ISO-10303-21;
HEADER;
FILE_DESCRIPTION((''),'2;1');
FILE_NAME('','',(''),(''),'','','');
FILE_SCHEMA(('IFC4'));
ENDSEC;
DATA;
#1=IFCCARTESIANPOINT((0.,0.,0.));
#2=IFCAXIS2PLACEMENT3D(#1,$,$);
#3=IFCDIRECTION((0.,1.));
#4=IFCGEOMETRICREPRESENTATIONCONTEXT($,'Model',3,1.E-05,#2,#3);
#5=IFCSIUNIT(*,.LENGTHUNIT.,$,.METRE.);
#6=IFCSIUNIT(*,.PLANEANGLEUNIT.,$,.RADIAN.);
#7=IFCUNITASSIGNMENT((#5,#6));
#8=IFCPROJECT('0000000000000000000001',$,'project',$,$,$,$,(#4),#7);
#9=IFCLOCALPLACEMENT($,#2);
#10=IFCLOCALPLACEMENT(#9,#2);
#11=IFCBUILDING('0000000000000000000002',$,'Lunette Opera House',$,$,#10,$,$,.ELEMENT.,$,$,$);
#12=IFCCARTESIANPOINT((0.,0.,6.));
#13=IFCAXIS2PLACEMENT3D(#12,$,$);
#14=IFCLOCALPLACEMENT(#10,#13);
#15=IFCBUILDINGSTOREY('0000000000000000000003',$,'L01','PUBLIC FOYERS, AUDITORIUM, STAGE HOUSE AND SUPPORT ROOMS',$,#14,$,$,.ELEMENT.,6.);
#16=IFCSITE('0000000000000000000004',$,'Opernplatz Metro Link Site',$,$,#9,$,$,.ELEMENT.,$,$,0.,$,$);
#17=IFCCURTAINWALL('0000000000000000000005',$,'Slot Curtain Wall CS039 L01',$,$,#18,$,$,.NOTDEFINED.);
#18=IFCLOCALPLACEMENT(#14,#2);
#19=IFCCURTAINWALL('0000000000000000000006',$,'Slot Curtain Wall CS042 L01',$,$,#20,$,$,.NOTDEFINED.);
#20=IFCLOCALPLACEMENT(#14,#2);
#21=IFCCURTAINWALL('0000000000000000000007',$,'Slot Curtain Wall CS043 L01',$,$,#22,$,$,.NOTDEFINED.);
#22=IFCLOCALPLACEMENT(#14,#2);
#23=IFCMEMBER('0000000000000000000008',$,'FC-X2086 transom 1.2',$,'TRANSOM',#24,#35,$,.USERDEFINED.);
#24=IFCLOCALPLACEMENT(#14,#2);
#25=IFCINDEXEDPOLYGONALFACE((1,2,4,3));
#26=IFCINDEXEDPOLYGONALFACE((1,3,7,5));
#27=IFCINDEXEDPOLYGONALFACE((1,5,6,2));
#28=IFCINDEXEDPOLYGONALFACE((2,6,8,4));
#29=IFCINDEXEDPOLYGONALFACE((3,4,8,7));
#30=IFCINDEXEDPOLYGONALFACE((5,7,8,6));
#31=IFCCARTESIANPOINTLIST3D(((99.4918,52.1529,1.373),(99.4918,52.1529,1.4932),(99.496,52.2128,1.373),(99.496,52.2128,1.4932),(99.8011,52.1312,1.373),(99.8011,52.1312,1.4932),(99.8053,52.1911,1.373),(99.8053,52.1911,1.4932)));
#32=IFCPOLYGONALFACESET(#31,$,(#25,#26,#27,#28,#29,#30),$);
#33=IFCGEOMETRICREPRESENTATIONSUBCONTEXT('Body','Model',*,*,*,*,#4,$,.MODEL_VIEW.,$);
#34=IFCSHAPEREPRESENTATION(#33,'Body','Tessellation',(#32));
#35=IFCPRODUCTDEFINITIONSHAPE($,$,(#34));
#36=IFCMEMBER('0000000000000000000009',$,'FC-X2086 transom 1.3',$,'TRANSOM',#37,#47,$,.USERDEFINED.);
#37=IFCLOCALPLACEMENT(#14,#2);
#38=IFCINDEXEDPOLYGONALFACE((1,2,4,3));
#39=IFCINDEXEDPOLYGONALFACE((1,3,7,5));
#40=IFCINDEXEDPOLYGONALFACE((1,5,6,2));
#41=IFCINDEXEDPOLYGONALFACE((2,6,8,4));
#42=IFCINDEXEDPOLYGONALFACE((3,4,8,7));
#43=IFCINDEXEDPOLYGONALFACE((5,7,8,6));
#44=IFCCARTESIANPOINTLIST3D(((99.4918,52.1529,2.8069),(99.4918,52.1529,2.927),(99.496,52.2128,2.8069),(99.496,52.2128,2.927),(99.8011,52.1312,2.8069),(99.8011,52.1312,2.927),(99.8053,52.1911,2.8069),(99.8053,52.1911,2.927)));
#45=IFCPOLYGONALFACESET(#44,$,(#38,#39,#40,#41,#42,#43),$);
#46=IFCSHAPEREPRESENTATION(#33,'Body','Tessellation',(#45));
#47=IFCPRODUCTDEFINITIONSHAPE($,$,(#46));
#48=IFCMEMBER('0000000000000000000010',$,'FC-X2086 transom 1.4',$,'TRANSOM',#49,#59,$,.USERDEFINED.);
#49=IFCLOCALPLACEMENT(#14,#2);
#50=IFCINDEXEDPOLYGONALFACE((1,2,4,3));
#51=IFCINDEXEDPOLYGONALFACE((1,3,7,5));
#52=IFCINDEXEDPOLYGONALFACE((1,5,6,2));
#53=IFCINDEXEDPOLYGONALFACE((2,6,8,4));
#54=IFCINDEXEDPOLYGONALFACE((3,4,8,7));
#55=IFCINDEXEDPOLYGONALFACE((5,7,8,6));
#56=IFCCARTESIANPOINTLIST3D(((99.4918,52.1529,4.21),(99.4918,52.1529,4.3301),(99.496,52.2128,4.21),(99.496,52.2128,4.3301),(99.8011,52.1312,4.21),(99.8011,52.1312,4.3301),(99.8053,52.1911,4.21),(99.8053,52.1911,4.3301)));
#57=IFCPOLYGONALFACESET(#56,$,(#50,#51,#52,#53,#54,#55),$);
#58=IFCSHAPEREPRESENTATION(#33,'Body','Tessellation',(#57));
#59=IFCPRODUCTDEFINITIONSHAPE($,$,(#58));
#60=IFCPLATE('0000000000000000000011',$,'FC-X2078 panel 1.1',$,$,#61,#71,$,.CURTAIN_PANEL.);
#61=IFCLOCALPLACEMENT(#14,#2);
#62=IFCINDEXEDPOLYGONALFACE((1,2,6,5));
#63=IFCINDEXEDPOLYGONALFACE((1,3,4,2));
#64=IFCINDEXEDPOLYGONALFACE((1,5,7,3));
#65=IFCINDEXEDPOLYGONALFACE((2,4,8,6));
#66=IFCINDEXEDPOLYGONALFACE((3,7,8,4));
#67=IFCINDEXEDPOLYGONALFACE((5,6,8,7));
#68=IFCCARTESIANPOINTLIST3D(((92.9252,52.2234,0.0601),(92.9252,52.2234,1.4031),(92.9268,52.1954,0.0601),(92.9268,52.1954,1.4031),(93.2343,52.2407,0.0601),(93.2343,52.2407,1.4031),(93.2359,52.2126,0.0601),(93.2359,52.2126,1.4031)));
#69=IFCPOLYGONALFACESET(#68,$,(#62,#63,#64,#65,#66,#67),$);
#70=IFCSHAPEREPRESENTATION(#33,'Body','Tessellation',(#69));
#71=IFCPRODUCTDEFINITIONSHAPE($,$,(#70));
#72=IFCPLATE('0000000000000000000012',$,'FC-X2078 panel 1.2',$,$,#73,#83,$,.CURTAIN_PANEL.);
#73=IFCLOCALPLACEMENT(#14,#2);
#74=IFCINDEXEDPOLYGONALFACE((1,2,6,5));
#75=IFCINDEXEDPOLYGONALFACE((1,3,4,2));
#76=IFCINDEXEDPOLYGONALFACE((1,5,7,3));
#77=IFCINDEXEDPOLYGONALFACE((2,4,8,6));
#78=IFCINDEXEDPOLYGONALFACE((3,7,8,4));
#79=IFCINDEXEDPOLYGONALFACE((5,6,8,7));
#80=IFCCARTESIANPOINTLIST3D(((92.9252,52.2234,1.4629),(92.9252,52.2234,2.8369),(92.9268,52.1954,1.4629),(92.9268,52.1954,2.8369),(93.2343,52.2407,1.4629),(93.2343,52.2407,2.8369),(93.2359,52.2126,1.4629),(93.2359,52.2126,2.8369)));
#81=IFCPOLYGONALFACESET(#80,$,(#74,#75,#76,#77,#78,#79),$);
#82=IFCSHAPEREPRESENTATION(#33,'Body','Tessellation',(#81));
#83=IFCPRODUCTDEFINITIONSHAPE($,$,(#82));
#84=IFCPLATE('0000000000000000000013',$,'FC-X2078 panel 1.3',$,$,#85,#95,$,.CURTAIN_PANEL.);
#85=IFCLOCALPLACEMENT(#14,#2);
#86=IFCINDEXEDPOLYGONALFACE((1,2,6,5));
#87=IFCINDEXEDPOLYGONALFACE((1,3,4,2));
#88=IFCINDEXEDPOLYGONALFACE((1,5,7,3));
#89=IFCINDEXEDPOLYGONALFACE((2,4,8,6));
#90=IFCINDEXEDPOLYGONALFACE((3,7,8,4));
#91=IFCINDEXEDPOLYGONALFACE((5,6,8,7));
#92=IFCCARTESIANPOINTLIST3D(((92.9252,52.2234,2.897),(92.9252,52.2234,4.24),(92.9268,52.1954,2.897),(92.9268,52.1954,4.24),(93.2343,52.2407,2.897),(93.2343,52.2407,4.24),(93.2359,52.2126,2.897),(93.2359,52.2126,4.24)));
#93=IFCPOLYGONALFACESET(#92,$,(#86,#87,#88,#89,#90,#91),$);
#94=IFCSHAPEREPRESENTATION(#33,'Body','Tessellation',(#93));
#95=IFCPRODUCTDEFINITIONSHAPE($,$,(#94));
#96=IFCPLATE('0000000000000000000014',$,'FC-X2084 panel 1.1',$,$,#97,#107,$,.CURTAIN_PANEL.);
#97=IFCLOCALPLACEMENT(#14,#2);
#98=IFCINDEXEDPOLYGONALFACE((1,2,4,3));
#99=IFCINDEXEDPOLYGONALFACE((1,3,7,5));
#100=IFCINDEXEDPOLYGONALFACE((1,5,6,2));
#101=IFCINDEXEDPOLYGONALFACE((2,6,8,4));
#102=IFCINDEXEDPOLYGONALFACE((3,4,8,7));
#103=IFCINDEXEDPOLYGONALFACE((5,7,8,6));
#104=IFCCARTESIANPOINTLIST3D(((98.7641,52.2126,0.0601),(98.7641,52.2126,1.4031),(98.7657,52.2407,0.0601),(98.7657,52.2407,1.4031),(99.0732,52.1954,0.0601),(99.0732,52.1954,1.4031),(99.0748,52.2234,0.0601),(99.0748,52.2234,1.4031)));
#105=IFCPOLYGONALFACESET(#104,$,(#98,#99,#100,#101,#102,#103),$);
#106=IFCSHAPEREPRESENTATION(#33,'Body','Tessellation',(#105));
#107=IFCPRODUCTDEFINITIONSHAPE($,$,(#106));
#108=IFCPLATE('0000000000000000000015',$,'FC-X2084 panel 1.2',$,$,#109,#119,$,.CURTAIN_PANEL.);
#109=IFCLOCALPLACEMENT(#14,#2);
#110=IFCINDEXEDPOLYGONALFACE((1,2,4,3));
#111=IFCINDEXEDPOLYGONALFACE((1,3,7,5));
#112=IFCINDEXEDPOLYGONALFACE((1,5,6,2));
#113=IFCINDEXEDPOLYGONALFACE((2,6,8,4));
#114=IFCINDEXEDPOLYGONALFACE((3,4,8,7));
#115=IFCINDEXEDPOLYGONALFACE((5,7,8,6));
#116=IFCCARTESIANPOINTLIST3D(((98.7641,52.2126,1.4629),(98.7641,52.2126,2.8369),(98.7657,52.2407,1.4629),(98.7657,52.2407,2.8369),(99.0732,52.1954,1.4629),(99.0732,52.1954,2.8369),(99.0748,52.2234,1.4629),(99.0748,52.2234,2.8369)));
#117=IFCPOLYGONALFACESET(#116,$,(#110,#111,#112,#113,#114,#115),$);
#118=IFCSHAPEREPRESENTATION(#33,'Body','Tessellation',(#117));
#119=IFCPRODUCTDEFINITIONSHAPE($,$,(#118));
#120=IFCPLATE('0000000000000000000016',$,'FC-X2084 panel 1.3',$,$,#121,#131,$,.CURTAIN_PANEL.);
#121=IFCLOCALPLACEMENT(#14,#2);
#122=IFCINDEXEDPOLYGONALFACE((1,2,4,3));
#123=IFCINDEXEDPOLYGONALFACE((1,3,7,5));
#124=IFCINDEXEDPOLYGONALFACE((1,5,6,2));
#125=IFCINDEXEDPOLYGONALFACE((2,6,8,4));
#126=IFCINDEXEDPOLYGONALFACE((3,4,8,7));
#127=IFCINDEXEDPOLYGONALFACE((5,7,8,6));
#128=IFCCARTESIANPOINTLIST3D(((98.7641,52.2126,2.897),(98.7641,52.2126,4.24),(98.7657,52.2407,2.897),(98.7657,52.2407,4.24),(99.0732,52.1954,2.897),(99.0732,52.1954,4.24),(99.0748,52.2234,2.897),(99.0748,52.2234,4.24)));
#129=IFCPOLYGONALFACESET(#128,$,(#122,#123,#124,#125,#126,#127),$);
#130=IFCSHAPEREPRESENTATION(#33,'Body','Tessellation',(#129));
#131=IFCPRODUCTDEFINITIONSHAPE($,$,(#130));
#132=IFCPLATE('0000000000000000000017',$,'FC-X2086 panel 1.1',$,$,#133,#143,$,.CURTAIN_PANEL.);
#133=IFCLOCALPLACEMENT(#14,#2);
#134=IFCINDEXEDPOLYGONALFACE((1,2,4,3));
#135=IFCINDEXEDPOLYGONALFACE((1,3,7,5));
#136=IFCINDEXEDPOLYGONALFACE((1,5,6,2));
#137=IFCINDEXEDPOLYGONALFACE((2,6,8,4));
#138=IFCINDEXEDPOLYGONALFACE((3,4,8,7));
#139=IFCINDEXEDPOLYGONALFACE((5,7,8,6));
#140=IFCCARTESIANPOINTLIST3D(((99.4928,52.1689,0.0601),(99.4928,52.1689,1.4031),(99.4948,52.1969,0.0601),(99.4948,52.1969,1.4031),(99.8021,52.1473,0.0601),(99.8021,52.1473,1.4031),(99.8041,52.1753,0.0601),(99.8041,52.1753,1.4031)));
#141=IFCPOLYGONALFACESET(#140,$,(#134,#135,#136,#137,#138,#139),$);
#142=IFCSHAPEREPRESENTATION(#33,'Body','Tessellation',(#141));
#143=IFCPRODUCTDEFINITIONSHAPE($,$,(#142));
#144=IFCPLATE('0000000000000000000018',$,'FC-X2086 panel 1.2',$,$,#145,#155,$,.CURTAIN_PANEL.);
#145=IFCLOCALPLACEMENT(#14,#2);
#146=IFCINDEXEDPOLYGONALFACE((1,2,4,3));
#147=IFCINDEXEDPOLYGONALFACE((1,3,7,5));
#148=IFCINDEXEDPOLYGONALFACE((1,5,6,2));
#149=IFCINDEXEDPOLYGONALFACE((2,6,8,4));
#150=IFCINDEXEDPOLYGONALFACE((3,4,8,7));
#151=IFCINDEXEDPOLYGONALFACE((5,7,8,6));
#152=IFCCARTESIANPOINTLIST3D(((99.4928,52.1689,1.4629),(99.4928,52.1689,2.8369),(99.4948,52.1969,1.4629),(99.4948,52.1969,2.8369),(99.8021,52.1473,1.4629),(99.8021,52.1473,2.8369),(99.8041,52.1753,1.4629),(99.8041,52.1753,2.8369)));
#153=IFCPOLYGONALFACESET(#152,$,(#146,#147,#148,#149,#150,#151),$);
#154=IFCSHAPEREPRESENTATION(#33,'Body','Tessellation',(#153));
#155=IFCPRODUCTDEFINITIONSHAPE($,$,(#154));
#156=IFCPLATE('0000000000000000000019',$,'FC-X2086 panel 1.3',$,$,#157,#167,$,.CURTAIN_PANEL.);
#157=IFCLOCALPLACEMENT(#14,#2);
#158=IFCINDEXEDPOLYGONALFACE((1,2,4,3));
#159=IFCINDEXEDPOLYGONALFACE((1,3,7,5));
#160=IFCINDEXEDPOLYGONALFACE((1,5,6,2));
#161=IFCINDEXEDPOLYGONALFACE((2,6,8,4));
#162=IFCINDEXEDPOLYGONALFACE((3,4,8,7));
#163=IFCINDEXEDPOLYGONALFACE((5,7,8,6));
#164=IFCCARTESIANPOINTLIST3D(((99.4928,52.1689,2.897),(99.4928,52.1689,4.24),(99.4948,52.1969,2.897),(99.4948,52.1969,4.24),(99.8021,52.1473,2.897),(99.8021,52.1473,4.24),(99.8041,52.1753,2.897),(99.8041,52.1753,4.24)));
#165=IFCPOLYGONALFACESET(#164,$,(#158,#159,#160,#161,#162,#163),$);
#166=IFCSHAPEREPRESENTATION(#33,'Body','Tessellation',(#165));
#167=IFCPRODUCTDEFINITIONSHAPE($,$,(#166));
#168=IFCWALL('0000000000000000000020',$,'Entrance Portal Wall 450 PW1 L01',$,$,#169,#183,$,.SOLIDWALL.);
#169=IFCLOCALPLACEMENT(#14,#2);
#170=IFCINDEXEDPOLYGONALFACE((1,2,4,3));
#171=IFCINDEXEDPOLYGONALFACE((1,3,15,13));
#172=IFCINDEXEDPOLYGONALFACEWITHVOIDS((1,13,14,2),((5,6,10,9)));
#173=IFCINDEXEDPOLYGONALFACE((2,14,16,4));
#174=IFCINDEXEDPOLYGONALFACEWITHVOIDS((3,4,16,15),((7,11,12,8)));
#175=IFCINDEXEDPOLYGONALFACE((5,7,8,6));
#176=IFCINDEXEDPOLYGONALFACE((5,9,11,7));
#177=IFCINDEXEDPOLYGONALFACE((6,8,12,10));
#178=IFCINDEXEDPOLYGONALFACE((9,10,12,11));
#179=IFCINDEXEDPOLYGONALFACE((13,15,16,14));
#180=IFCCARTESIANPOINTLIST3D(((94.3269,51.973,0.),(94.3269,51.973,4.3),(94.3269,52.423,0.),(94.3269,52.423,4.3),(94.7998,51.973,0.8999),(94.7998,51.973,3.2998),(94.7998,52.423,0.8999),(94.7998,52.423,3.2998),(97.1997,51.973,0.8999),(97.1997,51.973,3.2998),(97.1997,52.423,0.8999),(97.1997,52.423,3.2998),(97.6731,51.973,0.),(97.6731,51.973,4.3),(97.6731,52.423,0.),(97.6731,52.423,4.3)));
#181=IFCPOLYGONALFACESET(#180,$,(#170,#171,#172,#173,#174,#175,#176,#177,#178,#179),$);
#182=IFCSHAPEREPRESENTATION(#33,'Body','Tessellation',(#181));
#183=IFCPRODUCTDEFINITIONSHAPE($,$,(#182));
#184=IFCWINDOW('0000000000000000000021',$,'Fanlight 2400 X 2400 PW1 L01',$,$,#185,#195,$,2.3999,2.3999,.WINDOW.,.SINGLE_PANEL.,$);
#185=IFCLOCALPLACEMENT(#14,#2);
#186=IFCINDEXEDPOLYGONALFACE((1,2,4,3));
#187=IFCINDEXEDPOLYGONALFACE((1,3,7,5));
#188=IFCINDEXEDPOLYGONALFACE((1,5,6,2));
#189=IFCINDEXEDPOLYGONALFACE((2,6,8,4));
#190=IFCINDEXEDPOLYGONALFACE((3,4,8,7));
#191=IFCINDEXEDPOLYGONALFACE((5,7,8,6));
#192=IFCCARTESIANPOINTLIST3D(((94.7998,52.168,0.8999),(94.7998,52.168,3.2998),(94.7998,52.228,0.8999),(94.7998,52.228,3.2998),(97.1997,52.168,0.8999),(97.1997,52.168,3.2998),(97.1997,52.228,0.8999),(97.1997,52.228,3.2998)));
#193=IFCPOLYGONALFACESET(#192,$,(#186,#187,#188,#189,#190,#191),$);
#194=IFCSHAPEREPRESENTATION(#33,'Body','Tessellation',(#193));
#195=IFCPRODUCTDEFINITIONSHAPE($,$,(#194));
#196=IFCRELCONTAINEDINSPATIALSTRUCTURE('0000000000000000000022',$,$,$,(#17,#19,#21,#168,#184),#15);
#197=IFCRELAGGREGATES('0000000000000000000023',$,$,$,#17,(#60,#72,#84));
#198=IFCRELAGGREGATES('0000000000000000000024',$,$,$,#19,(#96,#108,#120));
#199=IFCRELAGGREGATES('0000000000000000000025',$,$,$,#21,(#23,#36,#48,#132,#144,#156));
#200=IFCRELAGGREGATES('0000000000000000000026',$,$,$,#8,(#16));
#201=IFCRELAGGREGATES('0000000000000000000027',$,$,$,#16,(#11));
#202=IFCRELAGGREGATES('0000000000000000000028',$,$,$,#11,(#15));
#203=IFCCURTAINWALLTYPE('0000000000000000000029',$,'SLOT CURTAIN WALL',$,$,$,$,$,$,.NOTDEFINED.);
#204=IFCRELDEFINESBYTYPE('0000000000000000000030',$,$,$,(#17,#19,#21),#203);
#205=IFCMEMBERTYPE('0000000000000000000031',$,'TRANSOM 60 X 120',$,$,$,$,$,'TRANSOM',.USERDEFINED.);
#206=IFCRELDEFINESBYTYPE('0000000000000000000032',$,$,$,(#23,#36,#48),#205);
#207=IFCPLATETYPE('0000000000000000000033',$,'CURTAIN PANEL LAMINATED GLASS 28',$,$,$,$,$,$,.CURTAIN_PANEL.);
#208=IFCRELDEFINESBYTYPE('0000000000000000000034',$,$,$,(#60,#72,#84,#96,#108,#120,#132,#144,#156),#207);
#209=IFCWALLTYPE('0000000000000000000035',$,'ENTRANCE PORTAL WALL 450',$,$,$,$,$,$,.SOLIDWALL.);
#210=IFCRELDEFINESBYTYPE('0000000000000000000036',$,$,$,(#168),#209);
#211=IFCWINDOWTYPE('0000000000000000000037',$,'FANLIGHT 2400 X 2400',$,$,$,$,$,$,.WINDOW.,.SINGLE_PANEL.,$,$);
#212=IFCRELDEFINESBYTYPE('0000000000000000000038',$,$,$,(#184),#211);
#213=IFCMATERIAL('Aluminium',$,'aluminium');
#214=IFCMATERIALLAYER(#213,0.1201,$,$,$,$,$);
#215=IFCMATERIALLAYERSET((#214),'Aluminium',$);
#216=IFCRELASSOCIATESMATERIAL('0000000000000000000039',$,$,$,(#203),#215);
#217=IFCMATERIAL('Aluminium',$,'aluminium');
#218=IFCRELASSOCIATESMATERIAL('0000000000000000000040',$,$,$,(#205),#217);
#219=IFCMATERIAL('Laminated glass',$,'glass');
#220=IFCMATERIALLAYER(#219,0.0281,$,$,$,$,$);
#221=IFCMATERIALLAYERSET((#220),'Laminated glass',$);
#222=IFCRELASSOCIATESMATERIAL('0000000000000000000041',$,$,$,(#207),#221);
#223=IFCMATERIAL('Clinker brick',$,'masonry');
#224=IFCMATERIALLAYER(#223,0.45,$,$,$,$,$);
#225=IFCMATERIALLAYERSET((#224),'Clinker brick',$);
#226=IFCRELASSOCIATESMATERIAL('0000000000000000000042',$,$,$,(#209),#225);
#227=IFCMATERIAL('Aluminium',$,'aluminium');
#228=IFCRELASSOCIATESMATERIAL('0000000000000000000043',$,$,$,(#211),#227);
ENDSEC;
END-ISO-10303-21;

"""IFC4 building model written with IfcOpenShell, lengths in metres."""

from ifc_helpers import new_model, si_unit, direction, frame, frame_2d, origin, origin_2d, place, context, subcontext, project, spatial, rectangle, extrude, material, layer, layer_set, material_profile, profile_set, type_object, element, fill, aggregate, save


model = new_model("IFC4")

# Units and contexts
model_context = context("Model", 3, precision=1e-05, world=origin(), true_north=direction((0.0, 1.0)))
body_context = subcontext(model_context, "Body", "Model", "MODEL_VIEW")
ifc_project = project(units=[si_unit("LENGTHUNIT", "METRE"), si_unit("PLANEANGLEUNIT", "RADIAN")], contexts=[model_context])

# Site, building, storey
site_placement = place(None, origin())
site = spatial("IfcSite", under=ifc_project, at=site_placement, Name="Opernplatz Metro Link Site", CompositionType="ELEMENT", RefElevation=0.0)
building_placement = place(site_placement, origin())
building = spatial("IfcBuilding", under=site, at=building_placement, Name="Lunette Opera House", CompositionType="ELEMENT")
storey_placement = place(building_placement, frame((0.0, 0.0, 6.0)))
storey = spatial("IfcBuildingStorey", under=building, at=storey_placement, Name="L01", Description="PUBLIC FOYERS, AUDITORIUM, STAGE HOUSE AND SUPPORT ROOMS", CompositionType="ELEMENT", Elevation=6.0)

# Curtain wall
ifc_material_1 = material(Name="Aluminium", Category="aluminium")
ifc_layer_1 = layer(ifc_material_1, 0.1201)
ifc_layer_set_1 = layer_set([ifc_layer_1], Name="Aluminium")
curtain_wall_type = type_object("IfcCurtainWallType", Name="SLOT CURTAIN WALL", PredefinedType="NOTDEFINED", material=ifc_layer_set_1)
curtain_wall_1_placement = place(storey_placement, origin())
curtain_wall_1 = element("IfcCurtainWall", 1, at=curtain_wall_1_placement, inside=storey, type_object=curtain_wall_type, Name="Slot Curtain Wall CS039 L01", PredefinedType="NOTDEFINED")

# Curtain walls
curtain_wall_2_placement = place(storey_placement, origin())
curtain_wall_2 = element("IfcCurtainWall", 2, at=curtain_wall_2_placement, inside=storey, type_object=curtain_wall_type, Name="Slot Curtain Wall CS042 L01", PredefinedType="NOTDEFINED")
curtain_wall_3_placement = place(storey_placement, origin())
curtain_wall_3 = element("IfcCurtainWall", 3, at=curtain_wall_3_placement, inside=storey, type_object=curtain_wall_type, Name="Slot Curtain Wall CS043 L01", PredefinedType="NOTDEFINED")

# Members
ifc_material_2 = material(Name="Aluminium", Category="aluminium")
ifc_material_profile_1 = material_profile(ifc_material_2, rectangle(XDim=0.0601, YDim=0.1201, at=origin_2d()), Name="TRANSOM 60 X 120")
ifc_profile_set_1 = profile_set([ifc_material_profile_1], Name="Aluminium")
member_type_1 = type_object("IfcMemberType", Name="TRANSOM 60 X 120", ElementType="TRANSOM", PredefinedType="USERDEFINED", material=ifc_profile_set_1)
member_1_placement = place(storey_placement, frame((99.4939, 52.1829, 1.4331), z_axis=(0.997542, -0.070072, 0.0), x_axis=(0.070072, 0.997542, 0.0)))
member_1 = element("IfcMember", 4, at=member_1_placement, type_object=member_type_1, Name="FC-X2086 transom 1.2", ObjectType="TRANSOM", PredefinedType="USERDEFINED", context=body_context, shape_type="SweptSolid", body=[
    extrude(rectangle(XDim=0.0601, YDim=0.1201, at=origin_2d()), origin(), (0.0, 0.0, 1.0), 0.3101),
])
member_2_placement = place(storey_placement, frame((99.4939, 52.1829, 2.8669), z_axis=(0.997542, -0.070072, 0.0), x_axis=(0.070072, 0.997542, 0.0)))
member_2 = element("IfcMember", 5, at=member_2_placement, type_object=member_type_1, Name="FC-X2086 transom 1.3", ObjectType="TRANSOM", PredefinedType="USERDEFINED", context=body_context, shape_type="SweptSolid", body=[
    extrude(rectangle(XDim=0.0601, YDim=0.1201, at=origin_2d()), origin(), (0.0, 0.0, 1.0), 0.3101),
])
member_3_placement = place(storey_placement, frame((99.4939, 52.1829, 4.27), z_axis=(0.997542, -0.070072, 0.0), x_axis=(0.070072, 0.997542, 0.0)))
member_3 = element("IfcMember", 6, at=member_3_placement, type_object=member_type_1, Name="FC-X2086 transom 1.4", ObjectType="TRANSOM", PredefinedType="USERDEFINED", context=body_context, shape_type="SweptSolid", body=[
    extrude(rectangle(XDim=0.0601, YDim=0.1201, at=origin_2d()), origin(), (0.0, 0.0, 1.0), 0.3101),
])

# Plates
ifc_material_3 = material(Name="Laminated glass", Category="glass")
ifc_layer_2 = layer(ifc_material_3, 0.0281)
ifc_layer_set_2 = layer_set([ifc_layer_2], Name="Laminated glass")
plate_type = type_object("IfcPlateType", Name="CURTAIN PANEL LAMINATED GLASS 28", PredefinedType="CURTAIN_PANEL", material=ifc_layer_set_2)
plate_1_placement = place(storey_placement, frame((93.0806, 52.218, 0.0601), z_axis=(0.0, 0.0, 1.0), x_axis=(0.998439, 0.055857, 0.0)))
plate_1 = element("IfcPlate", 7, at=plate_1_placement, type_object=plate_type, Name="FC-X2078 panel 1.1", PredefinedType="CURTAIN_PANEL", context=body_context, shape_type="SweptSolid", body=[
    extrude(rectangle(XDim=0.3096, YDim=0.0281, at=origin_2d()), origin(), (0.0, 0.0, 1.0), 1.343),
])
plate_2_placement = place(storey_placement, frame((93.0806, 52.218, 1.4629), z_axis=(0.0, 0.0, 1.0), x_axis=(0.998439, 0.055857, 0.0)))
plate_2 = element("IfcPlate", 8, at=plate_2_placement, type_object=plate_type, Name="FC-X2078 panel 1.2", PredefinedType="CURTAIN_PANEL", context=body_context, shape_type="SweptSolid", body=[
    extrude(rectangle(XDim=0.3096, YDim=0.0281, at=origin_2d()), origin(), (0.0, 0.0, 1.0), 1.374),
])
plate_3_placement = place(storey_placement, frame((93.0806, 52.218, 2.897), z_axis=(0.0, 0.0, 1.0), x_axis=(0.998439, 0.055857, 0.0)))
plate_3 = element("IfcPlate", 9, at=plate_3_placement, type_object=plate_type, Name="FC-X2078 panel 1.3", PredefinedType="CURTAIN_PANEL", context=body_context, shape_type="SweptSolid", body=[
    extrude(rectangle(XDim=0.3096, YDim=0.0281, at=origin_2d()), origin(), (0.0, 0.0, 1.0), 1.343),
])
aggregate(curtain_wall_1, [plate_1, plate_2, plate_3])
plate_4_placement = place(storey_placement, frame((98.9194, 52.218, 0.0601), z_axis=(0.0, 0.0, 1.0), x_axis=(0.998439, -0.055857, 0.0)))
plate_4 = element("IfcPlate", 10, at=plate_4_placement, type_object=plate_type, Name="FC-X2084 panel 1.1", PredefinedType="CURTAIN_PANEL", context=body_context, shape_type="SweptSolid", body=[
    extrude(rectangle(XDim=0.3096, YDim=0.0281, at=origin_2d()), origin(), (0.0, 0.0, 1.0), 1.343),
])
plate_5_placement = place(storey_placement, frame((98.9194, 52.218, 1.4629), z_axis=(0.0, 0.0, 1.0), x_axis=(0.998439, -0.055857, 0.0)))
plate_5 = element("IfcPlate", 11, at=plate_5_placement, type_object=plate_type, Name="FC-X2084 panel 1.2", PredefinedType="CURTAIN_PANEL", context=body_context, shape_type="SweptSolid", body=[
    extrude(rectangle(XDim=0.3096, YDim=0.0281, at=origin_2d()), origin(), (0.0, 0.0, 1.0), 1.374),
])
plate_6_placement = place(storey_placement, frame((98.9194, 52.218, 2.897), z_axis=(0.0, 0.0, 1.0), x_axis=(0.998439, -0.055857, 0.0)))
plate_6 = element("IfcPlate", 12, at=plate_6_placement, type_object=plate_type, Name="FC-X2084 panel 1.3", PredefinedType="CURTAIN_PANEL", context=body_context, shape_type="SweptSolid", body=[
    extrude(rectangle(XDim=0.3096, YDim=0.0281, at=origin_2d()), origin(), (0.0, 0.0, 1.0), 1.343),
])
aggregate(curtain_wall_2, [plate_4, plate_5, plate_6])
plate_7_placement = place(storey_placement, frame((99.6484, 52.1721, 0.0601), z_axis=(0.0, 0.0, 1.0), x_axis=(0.997564, -0.06976, 0.0)))
plate_7 = element("IfcPlate", 13, at=plate_7_placement, type_object=plate_type, Name="FC-X2086 panel 1.1", PredefinedType="CURTAIN_PANEL", context=body_context, shape_type="SweptSolid", body=[
    extrude(rectangle(XDim=0.3101, YDim=0.0281, at=origin_2d()), origin(), (0.0, 0.0, 1.0), 1.343),
])
plate_8_placement = place(storey_placement, frame((99.6484, 52.1721, 1.4629), z_axis=(0.0, 0.0, 1.0), x_axis=(0.997564, -0.06976, 0.0)))
plate_8 = element("IfcPlate", 14, at=plate_8_placement, type_object=plate_type, Name="FC-X2086 panel 1.2", PredefinedType="CURTAIN_PANEL", context=body_context, shape_type="SweptSolid", body=[
    extrude(rectangle(XDim=0.3101, YDim=0.0281, at=origin_2d()), origin(), (0.0, 0.0, 1.0), 1.374),
])
plate_9_placement = place(storey_placement, frame((99.6484, 52.1721, 2.897), z_axis=(0.0, 0.0, 1.0), x_axis=(0.997564, -0.06976, 0.0)))
plate_9 = element("IfcPlate", 15, at=plate_9_placement, type_object=plate_type, Name="FC-X2086 panel 1.3", PredefinedType="CURTAIN_PANEL", context=body_context, shape_type="SweptSolid", body=[
    extrude(rectangle(XDim=0.3101, YDim=0.0281, at=origin_2d()), origin(), (0.0, 0.0, 1.0), 1.343),
])
aggregate(curtain_wall_3, [member_1, member_2, member_3, plate_7, plate_8, plate_9])

# Wall, opening, window
ifc_material_4 = material(Name="Clinker brick", Category="masonry")
ifc_layer_3 = layer(ifc_material_4, 0.45)
ifc_layer_set_3 = layer_set([ifc_layer_3], Name="Clinker brick")
wall_type = type_object("IfcWallType", Name="ENTRANCE PORTAL WALL 450", PredefinedType="SOLIDWALL", material=ifc_layer_set_3)
wall_placement = place(storey_placement, frame((94.3269, 52.198, 0.0), z_axis=(0.0, 0.0, 1.0), x_axis=(1.0, 0.0, 0.0)))
wall = element("IfcWall", 16, at=wall_placement, inside=storey, type_object=wall_type, Name="Entrance Portal Wall 450 PW1 L01", PredefinedType="SOLIDWALL", context=body_context, shape_type="SweptSolid", body=[
    extrude(rectangle(XDim=3.3462, YDim=0.45, at=frame_2d((1.6731, 0.0))), origin(), (0.0, 0.0, 1.0), 4.3),
])
opening_placement = place(wall_placement, frame((0.4729, 0.0, 0.8999)))
opening = element("IfcOpeningElement", 17, at=opening_placement, cuts=wall, PredefinedType="OPENING", context=body_context, shape_type="SweptSolid", body=[
    extrude(rectangle(XDim=2.3999, YDim=2.3999, at=frame_2d((1.2, 1.2))), frame((0.0, 0.2371, 0.0), z_axis=(0.0, -1.0, 0.0), x_axis=(1.0, 0.0, 0.0)), (0.0, 0.0, 1.0), 0.4739),
])
ifc_material_5 = material(Name="Aluminium", Category="aluminium")
window_type = type_object("IfcWindowType", Name="FANLIGHT 2400 X 2400", PartitioningType="SINGLE_PANEL", PredefinedType="WINDOW", material=ifc_material_5)
window_placement = place(opening_placement, origin())
window = element("IfcWindow", 18, at=window_placement, inside=storey, type_object=window_type, Name="Fanlight 2400 X 2400 PW1 L01", OverallHeight=2.3999, OverallWidth=2.3999, PartitioningType="SINGLE_PANEL", PredefinedType="WINDOW", context=body_context, shape_type="SweptSolid", body=[
    extrude(rectangle(XDim=2.3999, YDim=2.3999, at=frame_2d((1.2, 1.2))), frame((0.0, 0.03, 0.0), z_axis=(0.0, -1.0, 0.0), x_axis=(1.0, 0.0, 0.0)), (0.0, 0.0, 1.0), 0.0601),
])
fill(opening, window)

save(model, "model.ifc")
